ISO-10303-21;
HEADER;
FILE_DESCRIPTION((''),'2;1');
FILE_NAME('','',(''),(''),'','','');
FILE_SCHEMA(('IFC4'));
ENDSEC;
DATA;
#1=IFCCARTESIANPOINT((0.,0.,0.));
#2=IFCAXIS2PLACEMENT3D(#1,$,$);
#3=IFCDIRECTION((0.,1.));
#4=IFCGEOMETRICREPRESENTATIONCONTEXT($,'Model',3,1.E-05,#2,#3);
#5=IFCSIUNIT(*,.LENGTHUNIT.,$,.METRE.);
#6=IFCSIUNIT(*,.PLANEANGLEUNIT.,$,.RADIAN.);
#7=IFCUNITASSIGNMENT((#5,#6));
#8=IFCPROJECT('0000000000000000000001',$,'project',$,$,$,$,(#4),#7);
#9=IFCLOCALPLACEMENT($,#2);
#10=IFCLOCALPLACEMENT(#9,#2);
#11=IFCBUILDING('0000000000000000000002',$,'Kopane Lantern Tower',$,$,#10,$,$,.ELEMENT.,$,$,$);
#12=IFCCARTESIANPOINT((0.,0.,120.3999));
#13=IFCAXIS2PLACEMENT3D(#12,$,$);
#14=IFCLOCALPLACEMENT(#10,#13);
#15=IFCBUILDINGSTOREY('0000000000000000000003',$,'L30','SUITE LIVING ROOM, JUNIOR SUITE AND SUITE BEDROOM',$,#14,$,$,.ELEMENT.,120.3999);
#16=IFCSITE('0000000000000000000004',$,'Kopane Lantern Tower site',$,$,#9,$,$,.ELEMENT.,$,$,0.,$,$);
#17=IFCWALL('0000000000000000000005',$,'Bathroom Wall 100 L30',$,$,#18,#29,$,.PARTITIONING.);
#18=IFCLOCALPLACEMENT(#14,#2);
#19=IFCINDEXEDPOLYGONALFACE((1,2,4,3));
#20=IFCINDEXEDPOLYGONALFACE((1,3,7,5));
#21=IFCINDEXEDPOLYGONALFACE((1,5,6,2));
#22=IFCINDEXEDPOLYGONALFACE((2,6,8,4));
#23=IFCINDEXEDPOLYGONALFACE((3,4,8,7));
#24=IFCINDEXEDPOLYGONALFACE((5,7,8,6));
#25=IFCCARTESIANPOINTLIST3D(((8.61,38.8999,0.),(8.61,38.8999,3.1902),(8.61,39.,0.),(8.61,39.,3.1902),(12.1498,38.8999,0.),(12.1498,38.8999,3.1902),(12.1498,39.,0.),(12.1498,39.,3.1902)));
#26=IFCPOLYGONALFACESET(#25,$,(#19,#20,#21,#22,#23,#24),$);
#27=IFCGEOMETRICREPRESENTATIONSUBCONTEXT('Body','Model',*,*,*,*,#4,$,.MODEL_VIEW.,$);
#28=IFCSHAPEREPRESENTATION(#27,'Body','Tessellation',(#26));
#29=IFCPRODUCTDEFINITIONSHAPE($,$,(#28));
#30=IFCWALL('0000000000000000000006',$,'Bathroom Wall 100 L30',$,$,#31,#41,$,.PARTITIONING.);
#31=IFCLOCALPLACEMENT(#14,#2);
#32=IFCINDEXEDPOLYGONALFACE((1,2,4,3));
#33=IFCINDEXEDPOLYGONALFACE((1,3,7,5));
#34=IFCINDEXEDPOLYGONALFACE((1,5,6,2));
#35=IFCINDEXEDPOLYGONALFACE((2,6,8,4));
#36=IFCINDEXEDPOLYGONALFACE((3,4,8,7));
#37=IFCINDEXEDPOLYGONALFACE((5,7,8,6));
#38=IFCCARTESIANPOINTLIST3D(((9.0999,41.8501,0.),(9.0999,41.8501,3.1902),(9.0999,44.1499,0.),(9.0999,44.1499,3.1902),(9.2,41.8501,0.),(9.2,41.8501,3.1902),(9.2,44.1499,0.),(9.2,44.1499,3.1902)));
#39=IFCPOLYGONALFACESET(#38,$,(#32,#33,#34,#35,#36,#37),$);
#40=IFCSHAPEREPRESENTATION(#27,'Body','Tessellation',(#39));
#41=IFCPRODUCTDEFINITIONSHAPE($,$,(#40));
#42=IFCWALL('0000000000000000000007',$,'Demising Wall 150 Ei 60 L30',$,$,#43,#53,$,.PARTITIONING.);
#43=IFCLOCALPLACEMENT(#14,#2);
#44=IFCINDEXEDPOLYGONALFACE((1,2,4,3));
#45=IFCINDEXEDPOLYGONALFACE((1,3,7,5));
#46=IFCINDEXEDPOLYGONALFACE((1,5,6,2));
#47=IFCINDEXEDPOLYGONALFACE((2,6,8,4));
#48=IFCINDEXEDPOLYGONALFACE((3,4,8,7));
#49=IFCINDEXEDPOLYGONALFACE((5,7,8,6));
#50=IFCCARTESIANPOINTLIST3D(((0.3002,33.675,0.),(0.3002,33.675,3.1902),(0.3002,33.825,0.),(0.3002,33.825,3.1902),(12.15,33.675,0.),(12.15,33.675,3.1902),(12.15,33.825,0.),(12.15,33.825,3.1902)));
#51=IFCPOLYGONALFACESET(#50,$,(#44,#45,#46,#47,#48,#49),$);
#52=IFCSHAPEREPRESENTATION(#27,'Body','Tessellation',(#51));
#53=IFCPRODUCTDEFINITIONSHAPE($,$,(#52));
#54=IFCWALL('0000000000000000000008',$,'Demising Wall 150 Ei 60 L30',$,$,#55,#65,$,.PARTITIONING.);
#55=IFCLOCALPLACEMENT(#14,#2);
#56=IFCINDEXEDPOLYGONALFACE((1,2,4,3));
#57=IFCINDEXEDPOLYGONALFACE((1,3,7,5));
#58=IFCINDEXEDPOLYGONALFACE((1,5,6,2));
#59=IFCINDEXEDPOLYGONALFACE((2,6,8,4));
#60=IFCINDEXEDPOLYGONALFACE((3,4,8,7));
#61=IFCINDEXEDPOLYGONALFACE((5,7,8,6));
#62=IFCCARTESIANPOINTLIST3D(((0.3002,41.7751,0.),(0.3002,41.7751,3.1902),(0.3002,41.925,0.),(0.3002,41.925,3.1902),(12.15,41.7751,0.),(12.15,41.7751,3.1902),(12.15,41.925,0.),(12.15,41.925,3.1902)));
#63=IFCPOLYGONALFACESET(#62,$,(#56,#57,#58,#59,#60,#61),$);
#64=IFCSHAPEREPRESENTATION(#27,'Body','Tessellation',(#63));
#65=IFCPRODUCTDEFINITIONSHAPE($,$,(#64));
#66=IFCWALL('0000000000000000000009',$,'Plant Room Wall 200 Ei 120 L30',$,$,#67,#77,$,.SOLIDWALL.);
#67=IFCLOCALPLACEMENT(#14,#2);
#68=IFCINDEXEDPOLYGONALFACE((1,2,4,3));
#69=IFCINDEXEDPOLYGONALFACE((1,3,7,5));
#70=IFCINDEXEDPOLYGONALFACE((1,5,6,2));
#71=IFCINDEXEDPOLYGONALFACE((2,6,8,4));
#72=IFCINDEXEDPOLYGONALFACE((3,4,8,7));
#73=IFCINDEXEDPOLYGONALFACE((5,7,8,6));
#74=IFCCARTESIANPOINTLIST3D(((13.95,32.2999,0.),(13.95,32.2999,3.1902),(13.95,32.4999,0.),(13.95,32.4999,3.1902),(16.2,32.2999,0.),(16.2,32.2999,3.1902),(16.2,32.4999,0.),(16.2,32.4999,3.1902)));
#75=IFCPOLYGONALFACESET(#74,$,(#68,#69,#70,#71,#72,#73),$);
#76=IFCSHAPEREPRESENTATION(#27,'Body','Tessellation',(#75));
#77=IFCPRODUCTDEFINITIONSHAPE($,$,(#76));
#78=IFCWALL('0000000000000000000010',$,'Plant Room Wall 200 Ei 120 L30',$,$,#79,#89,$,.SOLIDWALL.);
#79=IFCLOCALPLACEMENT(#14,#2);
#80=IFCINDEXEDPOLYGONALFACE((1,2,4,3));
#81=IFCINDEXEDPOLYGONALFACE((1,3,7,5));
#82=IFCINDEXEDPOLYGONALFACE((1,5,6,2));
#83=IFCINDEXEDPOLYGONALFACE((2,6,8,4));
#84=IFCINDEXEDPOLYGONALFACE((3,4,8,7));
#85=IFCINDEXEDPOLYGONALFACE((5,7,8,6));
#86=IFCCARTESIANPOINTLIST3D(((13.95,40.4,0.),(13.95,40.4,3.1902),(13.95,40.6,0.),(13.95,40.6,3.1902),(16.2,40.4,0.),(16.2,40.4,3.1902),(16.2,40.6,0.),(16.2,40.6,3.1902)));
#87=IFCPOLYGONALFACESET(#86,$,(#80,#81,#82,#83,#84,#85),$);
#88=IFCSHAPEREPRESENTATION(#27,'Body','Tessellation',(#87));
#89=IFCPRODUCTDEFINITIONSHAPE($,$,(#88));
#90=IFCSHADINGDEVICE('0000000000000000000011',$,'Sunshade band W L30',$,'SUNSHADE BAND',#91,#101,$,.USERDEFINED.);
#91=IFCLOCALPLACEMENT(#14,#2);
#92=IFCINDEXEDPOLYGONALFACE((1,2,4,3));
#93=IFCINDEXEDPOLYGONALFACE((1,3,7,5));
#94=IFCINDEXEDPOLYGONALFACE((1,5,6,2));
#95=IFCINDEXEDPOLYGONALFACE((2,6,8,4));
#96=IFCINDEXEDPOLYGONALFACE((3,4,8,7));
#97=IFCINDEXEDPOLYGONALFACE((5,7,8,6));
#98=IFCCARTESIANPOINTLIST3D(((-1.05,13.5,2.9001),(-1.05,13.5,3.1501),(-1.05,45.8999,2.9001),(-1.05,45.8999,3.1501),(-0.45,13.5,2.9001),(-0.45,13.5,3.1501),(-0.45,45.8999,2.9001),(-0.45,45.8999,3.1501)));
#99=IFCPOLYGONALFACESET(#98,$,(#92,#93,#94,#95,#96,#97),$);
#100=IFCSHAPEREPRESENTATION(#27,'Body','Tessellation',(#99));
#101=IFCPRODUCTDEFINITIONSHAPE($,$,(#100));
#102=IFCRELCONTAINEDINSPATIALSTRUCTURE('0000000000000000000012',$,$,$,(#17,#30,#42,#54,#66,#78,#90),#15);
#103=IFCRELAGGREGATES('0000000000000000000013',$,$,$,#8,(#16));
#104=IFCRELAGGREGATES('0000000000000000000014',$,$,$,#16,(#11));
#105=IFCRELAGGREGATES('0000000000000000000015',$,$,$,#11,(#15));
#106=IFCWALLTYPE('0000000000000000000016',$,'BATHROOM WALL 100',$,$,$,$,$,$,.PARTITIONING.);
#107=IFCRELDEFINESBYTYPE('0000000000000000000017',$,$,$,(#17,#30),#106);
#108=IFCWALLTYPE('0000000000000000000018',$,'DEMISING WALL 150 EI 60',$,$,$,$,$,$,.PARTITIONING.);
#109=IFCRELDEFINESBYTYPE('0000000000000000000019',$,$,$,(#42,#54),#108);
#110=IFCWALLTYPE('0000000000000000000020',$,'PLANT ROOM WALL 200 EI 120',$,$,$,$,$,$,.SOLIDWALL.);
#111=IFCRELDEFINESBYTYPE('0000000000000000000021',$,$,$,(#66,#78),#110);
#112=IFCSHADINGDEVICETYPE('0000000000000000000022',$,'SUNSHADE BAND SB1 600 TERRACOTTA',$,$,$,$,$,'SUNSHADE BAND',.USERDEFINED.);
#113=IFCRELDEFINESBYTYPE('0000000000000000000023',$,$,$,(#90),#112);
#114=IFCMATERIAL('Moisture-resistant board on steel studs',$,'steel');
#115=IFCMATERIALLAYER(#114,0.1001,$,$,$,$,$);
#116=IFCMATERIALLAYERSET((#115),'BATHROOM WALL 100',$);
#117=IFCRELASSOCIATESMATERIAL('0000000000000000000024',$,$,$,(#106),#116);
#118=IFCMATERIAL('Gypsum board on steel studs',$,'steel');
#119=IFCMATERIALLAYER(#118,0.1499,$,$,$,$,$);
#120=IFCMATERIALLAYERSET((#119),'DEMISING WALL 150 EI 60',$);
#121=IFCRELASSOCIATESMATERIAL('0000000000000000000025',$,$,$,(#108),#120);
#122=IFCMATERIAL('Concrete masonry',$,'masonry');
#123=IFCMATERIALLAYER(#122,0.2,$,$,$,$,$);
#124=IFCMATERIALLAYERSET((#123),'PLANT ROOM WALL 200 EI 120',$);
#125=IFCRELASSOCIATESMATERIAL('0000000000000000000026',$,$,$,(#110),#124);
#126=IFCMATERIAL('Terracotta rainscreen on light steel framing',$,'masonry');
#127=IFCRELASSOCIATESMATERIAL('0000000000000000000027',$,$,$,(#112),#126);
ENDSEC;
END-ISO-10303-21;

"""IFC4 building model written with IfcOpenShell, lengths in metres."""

from ifc_helpers import new_model, si_unit, direction, frame, frame_2d, origin, origin_2d, place, context, subcontext, project, spatial, rectangle, extrude, material, layer, layer_set, type_object, element, save


model = new_model("IFC4")

# Units and contexts
model_context = context("Model", 3, precision=1e-05, world=origin(), true_north=direction((0.0, 1.0)))
body_context = subcontext(model_context, "Body", "Model", "MODEL_VIEW")
ifc_project = project(units=[si_unit("LENGTHUNIT", "METRE"), si_unit("PLANEANGLEUNIT", "RADIAN")], contexts=[model_context])

# Site, building, storey
site_placement = place(None, origin())
site = spatial("IfcSite", under=ifc_project, at=site_placement, Name="Kopane Lantern Tower site", CompositionType="ELEMENT", RefElevation=0.0)
building_placement = place(site_placement, origin())
building = spatial("IfcBuilding", under=site, at=building_placement, Name="Kopane Lantern Tower", CompositionType="ELEMENT")
storey_placement = place(building_placement, frame((0.0, 0.0, 120.3999)))
storey = spatial("IfcBuildingStorey", under=building, at=storey_placement, Name="L30", Description="SUITE LIVING ROOM, JUNIOR SUITE AND SUITE BEDROOM", CompositionType="ELEMENT", Elevation=120.3999)

# Shared definitions
ifc_material_1 = material(Name="Moisture-resistant board on steel studs", Category="steel")
ifc_layer_1 = layer(ifc_material_1, 0.1001)
ifc_layer_set_1 = layer_set([ifc_layer_1], Name="BATHROOM WALL 100")
wall_type_1 = type_object("IfcWallType", Name="BATHROOM WALL 100", PredefinedType="PARTITIONING", material=ifc_layer_set_1)

# Walls
for number, where, z_axis, x_axis, name in (
    (1, (12.1499, 38.95, 0.0), (0.0, 0.0, 1.0), (-1.0, 0.0, 0.0), "Bathroom Wall 100 L30"),
):
    element("IfcWall", number, at=place(storey_placement, frame(where, z_axis=z_axis, x_axis=x_axis)), inside=storey, type_object=wall_type_1, Name=name, PredefinedType="PARTITIONING", context=body_context, shape_type="SweptSolid", body=[
        extrude(rectangle(XDim=3.5398, YDim=0.1001, at=frame_2d((1.77, 0.0))), origin(), (0.0, 0.0, 1.0), 3.1902),
    ])
wall_1_placement = place(storey_placement, frame((9.1499, 41.8501, 0.0), z_axis=(0.0, 0.0, 1.0), x_axis=(0.0, 1.0, 0.0)))
element("IfcWall", 2, at=wall_1_placement, inside=storey, type_object=wall_type_1, Name="Bathroom Wall 100 L30", PredefinedType="PARTITIONING", context=body_context, shape_type="SweptSolid", body=[
    extrude(rectangle(XDim=2.2998, YDim=0.1001, at=frame_2d((1.1499, 0.0))), origin(), (0.0, 0.0, 1.0), 3.1902),
])
ifc_material_2 = material(Name="Gypsum board on steel studs", Category="steel")
ifc_layer_2 = layer(ifc_material_2, 0.1499)
ifc_layer_set_2 = layer_set([ifc_layer_2], Name="DEMISING WALL 150 EI 60")
wall_type_2 = type_object("IfcWallType", Name="DEMISING WALL 150 EI 60", PredefinedType="PARTITIONING", material=ifc_layer_set_2)
for number, where, z_axis, x_axis, name in (
    (3, (12.1499, 33.75, 0.0), (0.0, 0.0, 1.0), (-1.0, 0.0, 0.0), "Demising Wall 150 Ei 60 L30"),
    (4, (12.1499, 41.8501, 0.0), (0.0, 0.0, 1.0), (-1.0, 0.0, 0.0), "Demising Wall 150 Ei 60 L30"),
):
    element("IfcWall", number, at=place(storey_placement, frame(where, z_axis=z_axis, x_axis=x_axis)), inside=storey, type_object=wall_type_2, Name=name, PredefinedType="PARTITIONING", context=body_context, shape_type="SweptSolid", body=[
        extrude(rectangle(XDim=11.8499, YDim=0.1499, at=frame_2d((5.9248, 0.0))), origin(), (0.0, 0.0, 1.0), 3.1902),
    ])
ifc_material_3 = material(Name="Concrete masonry", Category="masonry")
ifc_layer_3 = layer(ifc_material_3, 0.2)
ifc_layer_set_3 = layer_set([ifc_layer_3], Name="PLANT ROOM WALL 200 EI 120")
wall_type_3 = type_object("IfcWallType", Name="PLANT ROOM WALL 200 EI 120", PredefinedType="SOLIDWALL", material=ifc_layer_set_3)
for number, where, z_axis, x_axis, name in (
    (5, (13.95, 32.3999, 0.0), (0.0, 0.0, 1.0), (1.0, 0.0, 0.0), "Plant Room Wall 200 Ei 120 L30"),
    (6, (13.95, 40.5, 0.0), (0.0, 0.0, 1.0), (1.0, 0.0, 0.0), "Plant Room Wall 200 Ei 120 L30"),
):
    element("IfcWall", number, at=place(storey_placement, frame(where, z_axis=z_axis, x_axis=x_axis)), inside=storey, type_object=wall_type_3, Name=name, PredefinedType="SOLIDWALL", context=body_context, shape_type="SweptSolid", body=[
        extrude(rectangle(XDim=2.25, YDim=0.2, at=frame_2d((1.125, 0.0))), origin(), (0.0, 0.0, 1.0), 3.1902),
    ])

# Shading device
ifc_material_4 = material(Name="Terracotta rainscreen on light steel framing", Category="masonry")
shading_device_type = type_object("IfcShadingDeviceType", Name="SUNSHADE BAND SB1 600 TERRACOTTA", ElementType="SUNSHADE BAND", PredefinedType="USERDEFINED", material=ifc_material_4)
shading_device_placement = place(storey_placement, frame((-0.75, 29.7, 2.9001), z_axis=(0.0, 0.0, 1.0), x_axis=(0.0, -1.0, 0.0)))
element("IfcShadingDevice", 7, at=shading_device_placement, inside=storey, type_object=shading_device_type, Name="Sunshade band W L30", ObjectType="SUNSHADE BAND", PredefinedType="USERDEFINED", context=body_context, shape_type="SweptSolid", body=[
    extrude(rectangle(XDim=32.3999, YDim=0.6001, at=origin_2d()), origin(), (0.0, 0.0, 1.0), 0.25),
])

save(model, "model.ifc")
